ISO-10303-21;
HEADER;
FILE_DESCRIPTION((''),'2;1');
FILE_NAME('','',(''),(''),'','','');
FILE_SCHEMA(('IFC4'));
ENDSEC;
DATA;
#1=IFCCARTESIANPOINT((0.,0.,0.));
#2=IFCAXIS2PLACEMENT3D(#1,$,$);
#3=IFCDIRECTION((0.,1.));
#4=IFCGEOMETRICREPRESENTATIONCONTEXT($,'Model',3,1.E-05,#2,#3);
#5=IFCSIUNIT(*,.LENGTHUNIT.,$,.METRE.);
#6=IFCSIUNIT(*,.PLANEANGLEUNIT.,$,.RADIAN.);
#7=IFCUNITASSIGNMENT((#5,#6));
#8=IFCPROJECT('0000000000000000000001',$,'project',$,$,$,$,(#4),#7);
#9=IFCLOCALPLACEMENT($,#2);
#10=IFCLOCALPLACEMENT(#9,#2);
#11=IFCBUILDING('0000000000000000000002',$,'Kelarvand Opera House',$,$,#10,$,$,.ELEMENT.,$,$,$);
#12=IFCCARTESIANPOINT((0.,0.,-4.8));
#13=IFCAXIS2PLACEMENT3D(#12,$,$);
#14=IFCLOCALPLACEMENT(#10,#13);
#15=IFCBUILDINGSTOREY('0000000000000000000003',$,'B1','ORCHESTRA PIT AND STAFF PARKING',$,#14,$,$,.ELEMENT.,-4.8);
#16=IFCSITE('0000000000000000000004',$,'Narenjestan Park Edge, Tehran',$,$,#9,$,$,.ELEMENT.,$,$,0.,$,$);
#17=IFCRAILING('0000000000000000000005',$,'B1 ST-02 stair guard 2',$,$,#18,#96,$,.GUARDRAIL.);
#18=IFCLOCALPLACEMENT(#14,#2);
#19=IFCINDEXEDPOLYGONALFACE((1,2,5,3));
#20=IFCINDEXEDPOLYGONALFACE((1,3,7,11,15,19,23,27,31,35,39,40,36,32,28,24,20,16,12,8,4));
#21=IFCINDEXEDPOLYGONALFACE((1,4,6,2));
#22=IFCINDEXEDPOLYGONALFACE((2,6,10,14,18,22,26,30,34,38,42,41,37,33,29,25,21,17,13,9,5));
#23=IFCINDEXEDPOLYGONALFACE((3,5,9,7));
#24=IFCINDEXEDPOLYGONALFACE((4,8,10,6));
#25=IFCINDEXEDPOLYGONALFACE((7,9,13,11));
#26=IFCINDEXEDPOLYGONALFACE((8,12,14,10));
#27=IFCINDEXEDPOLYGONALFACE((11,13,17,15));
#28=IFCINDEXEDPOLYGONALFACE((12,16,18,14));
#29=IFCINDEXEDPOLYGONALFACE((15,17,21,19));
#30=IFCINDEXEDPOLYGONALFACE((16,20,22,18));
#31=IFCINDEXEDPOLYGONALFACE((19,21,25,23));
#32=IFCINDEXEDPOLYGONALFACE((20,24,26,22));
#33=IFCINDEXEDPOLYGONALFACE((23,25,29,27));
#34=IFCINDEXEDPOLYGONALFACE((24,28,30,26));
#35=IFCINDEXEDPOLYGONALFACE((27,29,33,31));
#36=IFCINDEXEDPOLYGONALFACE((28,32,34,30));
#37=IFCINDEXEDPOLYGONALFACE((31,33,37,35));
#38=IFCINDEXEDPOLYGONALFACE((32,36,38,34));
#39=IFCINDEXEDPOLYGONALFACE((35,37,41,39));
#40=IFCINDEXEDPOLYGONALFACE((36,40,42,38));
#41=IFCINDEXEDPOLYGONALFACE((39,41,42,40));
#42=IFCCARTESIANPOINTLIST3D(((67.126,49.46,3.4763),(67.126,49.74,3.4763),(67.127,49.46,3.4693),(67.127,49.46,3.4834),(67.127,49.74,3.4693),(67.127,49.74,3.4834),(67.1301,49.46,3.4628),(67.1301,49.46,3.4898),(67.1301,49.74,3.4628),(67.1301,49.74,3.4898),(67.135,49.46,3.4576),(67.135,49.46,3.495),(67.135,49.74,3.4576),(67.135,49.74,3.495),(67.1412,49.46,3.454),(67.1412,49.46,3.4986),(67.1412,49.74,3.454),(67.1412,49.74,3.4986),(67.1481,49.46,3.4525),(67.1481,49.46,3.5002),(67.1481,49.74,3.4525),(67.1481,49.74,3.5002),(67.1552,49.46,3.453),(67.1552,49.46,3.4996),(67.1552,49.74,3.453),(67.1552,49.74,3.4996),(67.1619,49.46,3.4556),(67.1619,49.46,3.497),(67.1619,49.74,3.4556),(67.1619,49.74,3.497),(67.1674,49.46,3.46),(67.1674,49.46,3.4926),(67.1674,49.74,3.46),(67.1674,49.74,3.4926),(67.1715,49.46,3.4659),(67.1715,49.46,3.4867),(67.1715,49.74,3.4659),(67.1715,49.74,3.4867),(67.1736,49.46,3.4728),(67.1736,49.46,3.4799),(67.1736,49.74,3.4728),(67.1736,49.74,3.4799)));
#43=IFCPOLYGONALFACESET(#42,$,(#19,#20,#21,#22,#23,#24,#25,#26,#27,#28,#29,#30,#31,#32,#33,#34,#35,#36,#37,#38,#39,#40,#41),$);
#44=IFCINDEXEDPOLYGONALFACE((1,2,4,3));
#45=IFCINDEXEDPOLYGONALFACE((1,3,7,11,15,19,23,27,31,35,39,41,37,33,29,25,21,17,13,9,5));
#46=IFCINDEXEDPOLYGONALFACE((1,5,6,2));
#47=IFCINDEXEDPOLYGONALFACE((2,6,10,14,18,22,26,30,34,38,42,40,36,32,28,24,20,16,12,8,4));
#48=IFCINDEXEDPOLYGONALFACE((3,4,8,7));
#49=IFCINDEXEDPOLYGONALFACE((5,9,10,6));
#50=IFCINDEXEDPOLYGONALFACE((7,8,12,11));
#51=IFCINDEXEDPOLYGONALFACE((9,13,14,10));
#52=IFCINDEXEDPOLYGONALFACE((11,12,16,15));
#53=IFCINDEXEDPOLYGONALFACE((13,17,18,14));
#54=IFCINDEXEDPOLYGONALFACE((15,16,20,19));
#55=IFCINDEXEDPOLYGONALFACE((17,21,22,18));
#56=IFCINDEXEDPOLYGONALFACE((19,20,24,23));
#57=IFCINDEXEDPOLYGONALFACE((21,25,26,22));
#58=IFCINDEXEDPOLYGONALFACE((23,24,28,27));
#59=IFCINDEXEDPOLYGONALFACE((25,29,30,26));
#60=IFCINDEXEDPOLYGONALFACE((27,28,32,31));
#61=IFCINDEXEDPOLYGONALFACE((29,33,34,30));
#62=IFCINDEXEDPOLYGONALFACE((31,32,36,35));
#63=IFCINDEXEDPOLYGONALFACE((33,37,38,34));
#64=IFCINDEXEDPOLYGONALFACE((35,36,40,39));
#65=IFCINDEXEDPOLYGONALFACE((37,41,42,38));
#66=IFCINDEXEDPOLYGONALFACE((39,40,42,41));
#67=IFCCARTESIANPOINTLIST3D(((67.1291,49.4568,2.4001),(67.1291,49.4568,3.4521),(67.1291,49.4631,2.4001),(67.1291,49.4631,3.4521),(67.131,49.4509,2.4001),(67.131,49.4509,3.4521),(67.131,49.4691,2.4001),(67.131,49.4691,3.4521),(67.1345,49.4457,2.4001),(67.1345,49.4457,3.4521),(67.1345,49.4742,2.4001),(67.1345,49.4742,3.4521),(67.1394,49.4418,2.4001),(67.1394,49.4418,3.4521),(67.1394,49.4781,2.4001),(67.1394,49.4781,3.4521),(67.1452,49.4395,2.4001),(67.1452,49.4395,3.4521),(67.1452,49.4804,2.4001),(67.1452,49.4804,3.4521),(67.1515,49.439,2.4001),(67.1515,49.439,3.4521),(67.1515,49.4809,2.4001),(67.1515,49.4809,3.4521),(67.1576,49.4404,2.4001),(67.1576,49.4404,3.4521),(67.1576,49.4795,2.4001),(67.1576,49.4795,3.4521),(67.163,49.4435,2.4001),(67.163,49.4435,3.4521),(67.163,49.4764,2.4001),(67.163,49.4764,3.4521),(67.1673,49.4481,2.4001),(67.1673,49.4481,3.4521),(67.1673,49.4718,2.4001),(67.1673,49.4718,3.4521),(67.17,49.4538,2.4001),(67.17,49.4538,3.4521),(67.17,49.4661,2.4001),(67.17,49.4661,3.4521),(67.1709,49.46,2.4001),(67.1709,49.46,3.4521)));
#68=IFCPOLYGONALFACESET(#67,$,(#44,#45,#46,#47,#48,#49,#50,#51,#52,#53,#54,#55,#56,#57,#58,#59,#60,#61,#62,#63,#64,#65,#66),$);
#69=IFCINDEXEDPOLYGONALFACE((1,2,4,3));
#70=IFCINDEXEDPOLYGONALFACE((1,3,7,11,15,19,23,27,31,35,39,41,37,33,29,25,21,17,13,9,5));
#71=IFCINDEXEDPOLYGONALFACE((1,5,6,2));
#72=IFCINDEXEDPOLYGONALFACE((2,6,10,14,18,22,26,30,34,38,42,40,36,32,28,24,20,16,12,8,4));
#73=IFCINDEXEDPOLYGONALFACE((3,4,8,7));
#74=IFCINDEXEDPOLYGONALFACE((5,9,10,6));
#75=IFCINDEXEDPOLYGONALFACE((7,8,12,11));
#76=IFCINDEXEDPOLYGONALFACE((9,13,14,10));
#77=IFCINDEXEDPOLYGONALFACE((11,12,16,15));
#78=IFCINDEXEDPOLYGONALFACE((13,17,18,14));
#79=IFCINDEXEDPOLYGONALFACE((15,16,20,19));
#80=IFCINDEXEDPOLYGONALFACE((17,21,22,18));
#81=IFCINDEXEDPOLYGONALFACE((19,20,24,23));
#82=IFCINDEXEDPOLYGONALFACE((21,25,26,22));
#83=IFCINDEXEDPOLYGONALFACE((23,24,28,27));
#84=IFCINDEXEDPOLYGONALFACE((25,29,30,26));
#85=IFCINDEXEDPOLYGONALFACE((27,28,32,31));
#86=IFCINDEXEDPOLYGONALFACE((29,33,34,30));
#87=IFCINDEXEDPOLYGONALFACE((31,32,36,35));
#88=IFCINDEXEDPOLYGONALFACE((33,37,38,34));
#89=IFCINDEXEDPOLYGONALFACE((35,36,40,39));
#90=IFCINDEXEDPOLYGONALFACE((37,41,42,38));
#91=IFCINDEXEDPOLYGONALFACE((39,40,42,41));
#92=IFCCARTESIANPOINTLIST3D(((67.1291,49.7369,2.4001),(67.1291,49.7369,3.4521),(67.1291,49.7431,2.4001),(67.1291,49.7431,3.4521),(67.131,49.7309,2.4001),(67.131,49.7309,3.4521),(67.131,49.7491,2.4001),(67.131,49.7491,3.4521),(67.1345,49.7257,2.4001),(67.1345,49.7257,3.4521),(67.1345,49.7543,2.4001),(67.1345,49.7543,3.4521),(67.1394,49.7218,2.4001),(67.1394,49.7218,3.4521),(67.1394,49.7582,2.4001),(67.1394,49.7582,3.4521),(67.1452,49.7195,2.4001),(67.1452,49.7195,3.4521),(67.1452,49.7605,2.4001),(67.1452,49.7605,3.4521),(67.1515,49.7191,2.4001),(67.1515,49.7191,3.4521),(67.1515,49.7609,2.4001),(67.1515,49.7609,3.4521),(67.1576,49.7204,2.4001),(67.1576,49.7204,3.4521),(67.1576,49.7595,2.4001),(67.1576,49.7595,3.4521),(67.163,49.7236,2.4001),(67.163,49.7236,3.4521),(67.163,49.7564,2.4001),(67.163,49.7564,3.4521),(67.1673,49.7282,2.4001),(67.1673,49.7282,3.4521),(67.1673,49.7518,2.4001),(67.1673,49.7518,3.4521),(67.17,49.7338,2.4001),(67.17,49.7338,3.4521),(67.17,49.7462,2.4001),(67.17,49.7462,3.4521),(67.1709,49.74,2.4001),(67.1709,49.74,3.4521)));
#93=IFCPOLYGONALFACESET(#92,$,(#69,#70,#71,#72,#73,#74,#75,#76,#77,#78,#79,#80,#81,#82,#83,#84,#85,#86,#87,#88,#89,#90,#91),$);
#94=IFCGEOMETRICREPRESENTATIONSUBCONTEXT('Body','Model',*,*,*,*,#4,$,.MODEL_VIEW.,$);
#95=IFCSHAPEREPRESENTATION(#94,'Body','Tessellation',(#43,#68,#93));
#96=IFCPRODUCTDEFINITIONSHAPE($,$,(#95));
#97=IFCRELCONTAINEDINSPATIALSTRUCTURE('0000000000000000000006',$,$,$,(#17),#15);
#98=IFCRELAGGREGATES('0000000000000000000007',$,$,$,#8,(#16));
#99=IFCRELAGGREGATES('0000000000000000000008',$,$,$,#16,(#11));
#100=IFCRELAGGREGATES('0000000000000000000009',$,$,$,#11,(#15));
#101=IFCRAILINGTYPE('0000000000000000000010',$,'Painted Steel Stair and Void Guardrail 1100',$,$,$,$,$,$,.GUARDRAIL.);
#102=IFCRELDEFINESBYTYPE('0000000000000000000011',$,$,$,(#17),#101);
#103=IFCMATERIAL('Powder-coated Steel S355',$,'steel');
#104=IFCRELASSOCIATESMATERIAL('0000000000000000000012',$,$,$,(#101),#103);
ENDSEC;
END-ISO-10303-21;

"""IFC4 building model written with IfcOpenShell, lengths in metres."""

from ifc_helpers import new_model, si_unit, direction, frame, origin, origin_2d, place, context, subcontext, project, spatial, circle, extrude, material, type_object, element, save


model = new_model("IFC4")

# Units and contexts
model_context = context("Model", 3, precision=1e-05, world=origin(), true_north=direction((0.0, 1.0)))
body_context = subcontext(model_context, "Body", "Model", "MODEL_VIEW")
ifc_project = project(units=[si_unit("LENGTHUNIT", "METRE"), si_unit("PLANEANGLEUNIT", "RADIAN")], contexts=[model_context])

# Site, building, storey
site_placement = place(None, origin())
site = spatial("IfcSite", under=ifc_project, at=site_placement, Name="Narenjestan Park Edge, Tehran", CompositionType="ELEMENT", RefElevation=0.0)
building_placement = place(site_placement, origin())
building = spatial("IfcBuilding", under=site, at=building_placement, Name="Kelarvand Opera House", CompositionType="ELEMENT")
storey_placement = place(building_placement, frame((0.0, 0.0, -4.8)))
storey = spatial("IfcBuildingStorey", under=building, at=storey_placement, Name="B1", Description="ORCHESTRA PIT AND STAFF PARKING", CompositionType="ELEMENT", Elevation=-4.8)

# Railing
ifc_material_1 = material(Name="Powder-coated Steel S355", Category="steel")
railing_type_1 = type_object("IfcRailingType", Name="Painted Steel Stair and Void Guardrail 1100", PredefinedType="GUARDRAIL", material=ifc_material_1)
railing_1_placement = place(storey_placement, frame((67.1499, 49.46, 2.4001)))
element("IfcRailing", 1, at=railing_1_placement, inside=storey, type_object=railing_type_1, Name="B1 ST-02 stair guard 2", PredefinedType="GUARDRAIL", context=body_context, shape_type="SweptSolid", body=[
    extrude(circle(Radius=0.0239, at=origin_2d()), frame((0.0, 0.0, 1.0762), z_axis=(0.0, 1.0, 0.0), x_axis=(-1.0, 0.0, 0.0)), (0.0, 0.0, 1.0), 0.28),
    extrude(circle(Radius=0.021, at=origin_2d()), origin(), (0.0, 0.0, 1.0), 1.052),
    extrude(circle(Radius=0.021, at=origin_2d()), frame((0.0, 0.28, 0.0)), (0.0, 0.0, 1.0), 1.052),
])

save(model, "model.ifc")
